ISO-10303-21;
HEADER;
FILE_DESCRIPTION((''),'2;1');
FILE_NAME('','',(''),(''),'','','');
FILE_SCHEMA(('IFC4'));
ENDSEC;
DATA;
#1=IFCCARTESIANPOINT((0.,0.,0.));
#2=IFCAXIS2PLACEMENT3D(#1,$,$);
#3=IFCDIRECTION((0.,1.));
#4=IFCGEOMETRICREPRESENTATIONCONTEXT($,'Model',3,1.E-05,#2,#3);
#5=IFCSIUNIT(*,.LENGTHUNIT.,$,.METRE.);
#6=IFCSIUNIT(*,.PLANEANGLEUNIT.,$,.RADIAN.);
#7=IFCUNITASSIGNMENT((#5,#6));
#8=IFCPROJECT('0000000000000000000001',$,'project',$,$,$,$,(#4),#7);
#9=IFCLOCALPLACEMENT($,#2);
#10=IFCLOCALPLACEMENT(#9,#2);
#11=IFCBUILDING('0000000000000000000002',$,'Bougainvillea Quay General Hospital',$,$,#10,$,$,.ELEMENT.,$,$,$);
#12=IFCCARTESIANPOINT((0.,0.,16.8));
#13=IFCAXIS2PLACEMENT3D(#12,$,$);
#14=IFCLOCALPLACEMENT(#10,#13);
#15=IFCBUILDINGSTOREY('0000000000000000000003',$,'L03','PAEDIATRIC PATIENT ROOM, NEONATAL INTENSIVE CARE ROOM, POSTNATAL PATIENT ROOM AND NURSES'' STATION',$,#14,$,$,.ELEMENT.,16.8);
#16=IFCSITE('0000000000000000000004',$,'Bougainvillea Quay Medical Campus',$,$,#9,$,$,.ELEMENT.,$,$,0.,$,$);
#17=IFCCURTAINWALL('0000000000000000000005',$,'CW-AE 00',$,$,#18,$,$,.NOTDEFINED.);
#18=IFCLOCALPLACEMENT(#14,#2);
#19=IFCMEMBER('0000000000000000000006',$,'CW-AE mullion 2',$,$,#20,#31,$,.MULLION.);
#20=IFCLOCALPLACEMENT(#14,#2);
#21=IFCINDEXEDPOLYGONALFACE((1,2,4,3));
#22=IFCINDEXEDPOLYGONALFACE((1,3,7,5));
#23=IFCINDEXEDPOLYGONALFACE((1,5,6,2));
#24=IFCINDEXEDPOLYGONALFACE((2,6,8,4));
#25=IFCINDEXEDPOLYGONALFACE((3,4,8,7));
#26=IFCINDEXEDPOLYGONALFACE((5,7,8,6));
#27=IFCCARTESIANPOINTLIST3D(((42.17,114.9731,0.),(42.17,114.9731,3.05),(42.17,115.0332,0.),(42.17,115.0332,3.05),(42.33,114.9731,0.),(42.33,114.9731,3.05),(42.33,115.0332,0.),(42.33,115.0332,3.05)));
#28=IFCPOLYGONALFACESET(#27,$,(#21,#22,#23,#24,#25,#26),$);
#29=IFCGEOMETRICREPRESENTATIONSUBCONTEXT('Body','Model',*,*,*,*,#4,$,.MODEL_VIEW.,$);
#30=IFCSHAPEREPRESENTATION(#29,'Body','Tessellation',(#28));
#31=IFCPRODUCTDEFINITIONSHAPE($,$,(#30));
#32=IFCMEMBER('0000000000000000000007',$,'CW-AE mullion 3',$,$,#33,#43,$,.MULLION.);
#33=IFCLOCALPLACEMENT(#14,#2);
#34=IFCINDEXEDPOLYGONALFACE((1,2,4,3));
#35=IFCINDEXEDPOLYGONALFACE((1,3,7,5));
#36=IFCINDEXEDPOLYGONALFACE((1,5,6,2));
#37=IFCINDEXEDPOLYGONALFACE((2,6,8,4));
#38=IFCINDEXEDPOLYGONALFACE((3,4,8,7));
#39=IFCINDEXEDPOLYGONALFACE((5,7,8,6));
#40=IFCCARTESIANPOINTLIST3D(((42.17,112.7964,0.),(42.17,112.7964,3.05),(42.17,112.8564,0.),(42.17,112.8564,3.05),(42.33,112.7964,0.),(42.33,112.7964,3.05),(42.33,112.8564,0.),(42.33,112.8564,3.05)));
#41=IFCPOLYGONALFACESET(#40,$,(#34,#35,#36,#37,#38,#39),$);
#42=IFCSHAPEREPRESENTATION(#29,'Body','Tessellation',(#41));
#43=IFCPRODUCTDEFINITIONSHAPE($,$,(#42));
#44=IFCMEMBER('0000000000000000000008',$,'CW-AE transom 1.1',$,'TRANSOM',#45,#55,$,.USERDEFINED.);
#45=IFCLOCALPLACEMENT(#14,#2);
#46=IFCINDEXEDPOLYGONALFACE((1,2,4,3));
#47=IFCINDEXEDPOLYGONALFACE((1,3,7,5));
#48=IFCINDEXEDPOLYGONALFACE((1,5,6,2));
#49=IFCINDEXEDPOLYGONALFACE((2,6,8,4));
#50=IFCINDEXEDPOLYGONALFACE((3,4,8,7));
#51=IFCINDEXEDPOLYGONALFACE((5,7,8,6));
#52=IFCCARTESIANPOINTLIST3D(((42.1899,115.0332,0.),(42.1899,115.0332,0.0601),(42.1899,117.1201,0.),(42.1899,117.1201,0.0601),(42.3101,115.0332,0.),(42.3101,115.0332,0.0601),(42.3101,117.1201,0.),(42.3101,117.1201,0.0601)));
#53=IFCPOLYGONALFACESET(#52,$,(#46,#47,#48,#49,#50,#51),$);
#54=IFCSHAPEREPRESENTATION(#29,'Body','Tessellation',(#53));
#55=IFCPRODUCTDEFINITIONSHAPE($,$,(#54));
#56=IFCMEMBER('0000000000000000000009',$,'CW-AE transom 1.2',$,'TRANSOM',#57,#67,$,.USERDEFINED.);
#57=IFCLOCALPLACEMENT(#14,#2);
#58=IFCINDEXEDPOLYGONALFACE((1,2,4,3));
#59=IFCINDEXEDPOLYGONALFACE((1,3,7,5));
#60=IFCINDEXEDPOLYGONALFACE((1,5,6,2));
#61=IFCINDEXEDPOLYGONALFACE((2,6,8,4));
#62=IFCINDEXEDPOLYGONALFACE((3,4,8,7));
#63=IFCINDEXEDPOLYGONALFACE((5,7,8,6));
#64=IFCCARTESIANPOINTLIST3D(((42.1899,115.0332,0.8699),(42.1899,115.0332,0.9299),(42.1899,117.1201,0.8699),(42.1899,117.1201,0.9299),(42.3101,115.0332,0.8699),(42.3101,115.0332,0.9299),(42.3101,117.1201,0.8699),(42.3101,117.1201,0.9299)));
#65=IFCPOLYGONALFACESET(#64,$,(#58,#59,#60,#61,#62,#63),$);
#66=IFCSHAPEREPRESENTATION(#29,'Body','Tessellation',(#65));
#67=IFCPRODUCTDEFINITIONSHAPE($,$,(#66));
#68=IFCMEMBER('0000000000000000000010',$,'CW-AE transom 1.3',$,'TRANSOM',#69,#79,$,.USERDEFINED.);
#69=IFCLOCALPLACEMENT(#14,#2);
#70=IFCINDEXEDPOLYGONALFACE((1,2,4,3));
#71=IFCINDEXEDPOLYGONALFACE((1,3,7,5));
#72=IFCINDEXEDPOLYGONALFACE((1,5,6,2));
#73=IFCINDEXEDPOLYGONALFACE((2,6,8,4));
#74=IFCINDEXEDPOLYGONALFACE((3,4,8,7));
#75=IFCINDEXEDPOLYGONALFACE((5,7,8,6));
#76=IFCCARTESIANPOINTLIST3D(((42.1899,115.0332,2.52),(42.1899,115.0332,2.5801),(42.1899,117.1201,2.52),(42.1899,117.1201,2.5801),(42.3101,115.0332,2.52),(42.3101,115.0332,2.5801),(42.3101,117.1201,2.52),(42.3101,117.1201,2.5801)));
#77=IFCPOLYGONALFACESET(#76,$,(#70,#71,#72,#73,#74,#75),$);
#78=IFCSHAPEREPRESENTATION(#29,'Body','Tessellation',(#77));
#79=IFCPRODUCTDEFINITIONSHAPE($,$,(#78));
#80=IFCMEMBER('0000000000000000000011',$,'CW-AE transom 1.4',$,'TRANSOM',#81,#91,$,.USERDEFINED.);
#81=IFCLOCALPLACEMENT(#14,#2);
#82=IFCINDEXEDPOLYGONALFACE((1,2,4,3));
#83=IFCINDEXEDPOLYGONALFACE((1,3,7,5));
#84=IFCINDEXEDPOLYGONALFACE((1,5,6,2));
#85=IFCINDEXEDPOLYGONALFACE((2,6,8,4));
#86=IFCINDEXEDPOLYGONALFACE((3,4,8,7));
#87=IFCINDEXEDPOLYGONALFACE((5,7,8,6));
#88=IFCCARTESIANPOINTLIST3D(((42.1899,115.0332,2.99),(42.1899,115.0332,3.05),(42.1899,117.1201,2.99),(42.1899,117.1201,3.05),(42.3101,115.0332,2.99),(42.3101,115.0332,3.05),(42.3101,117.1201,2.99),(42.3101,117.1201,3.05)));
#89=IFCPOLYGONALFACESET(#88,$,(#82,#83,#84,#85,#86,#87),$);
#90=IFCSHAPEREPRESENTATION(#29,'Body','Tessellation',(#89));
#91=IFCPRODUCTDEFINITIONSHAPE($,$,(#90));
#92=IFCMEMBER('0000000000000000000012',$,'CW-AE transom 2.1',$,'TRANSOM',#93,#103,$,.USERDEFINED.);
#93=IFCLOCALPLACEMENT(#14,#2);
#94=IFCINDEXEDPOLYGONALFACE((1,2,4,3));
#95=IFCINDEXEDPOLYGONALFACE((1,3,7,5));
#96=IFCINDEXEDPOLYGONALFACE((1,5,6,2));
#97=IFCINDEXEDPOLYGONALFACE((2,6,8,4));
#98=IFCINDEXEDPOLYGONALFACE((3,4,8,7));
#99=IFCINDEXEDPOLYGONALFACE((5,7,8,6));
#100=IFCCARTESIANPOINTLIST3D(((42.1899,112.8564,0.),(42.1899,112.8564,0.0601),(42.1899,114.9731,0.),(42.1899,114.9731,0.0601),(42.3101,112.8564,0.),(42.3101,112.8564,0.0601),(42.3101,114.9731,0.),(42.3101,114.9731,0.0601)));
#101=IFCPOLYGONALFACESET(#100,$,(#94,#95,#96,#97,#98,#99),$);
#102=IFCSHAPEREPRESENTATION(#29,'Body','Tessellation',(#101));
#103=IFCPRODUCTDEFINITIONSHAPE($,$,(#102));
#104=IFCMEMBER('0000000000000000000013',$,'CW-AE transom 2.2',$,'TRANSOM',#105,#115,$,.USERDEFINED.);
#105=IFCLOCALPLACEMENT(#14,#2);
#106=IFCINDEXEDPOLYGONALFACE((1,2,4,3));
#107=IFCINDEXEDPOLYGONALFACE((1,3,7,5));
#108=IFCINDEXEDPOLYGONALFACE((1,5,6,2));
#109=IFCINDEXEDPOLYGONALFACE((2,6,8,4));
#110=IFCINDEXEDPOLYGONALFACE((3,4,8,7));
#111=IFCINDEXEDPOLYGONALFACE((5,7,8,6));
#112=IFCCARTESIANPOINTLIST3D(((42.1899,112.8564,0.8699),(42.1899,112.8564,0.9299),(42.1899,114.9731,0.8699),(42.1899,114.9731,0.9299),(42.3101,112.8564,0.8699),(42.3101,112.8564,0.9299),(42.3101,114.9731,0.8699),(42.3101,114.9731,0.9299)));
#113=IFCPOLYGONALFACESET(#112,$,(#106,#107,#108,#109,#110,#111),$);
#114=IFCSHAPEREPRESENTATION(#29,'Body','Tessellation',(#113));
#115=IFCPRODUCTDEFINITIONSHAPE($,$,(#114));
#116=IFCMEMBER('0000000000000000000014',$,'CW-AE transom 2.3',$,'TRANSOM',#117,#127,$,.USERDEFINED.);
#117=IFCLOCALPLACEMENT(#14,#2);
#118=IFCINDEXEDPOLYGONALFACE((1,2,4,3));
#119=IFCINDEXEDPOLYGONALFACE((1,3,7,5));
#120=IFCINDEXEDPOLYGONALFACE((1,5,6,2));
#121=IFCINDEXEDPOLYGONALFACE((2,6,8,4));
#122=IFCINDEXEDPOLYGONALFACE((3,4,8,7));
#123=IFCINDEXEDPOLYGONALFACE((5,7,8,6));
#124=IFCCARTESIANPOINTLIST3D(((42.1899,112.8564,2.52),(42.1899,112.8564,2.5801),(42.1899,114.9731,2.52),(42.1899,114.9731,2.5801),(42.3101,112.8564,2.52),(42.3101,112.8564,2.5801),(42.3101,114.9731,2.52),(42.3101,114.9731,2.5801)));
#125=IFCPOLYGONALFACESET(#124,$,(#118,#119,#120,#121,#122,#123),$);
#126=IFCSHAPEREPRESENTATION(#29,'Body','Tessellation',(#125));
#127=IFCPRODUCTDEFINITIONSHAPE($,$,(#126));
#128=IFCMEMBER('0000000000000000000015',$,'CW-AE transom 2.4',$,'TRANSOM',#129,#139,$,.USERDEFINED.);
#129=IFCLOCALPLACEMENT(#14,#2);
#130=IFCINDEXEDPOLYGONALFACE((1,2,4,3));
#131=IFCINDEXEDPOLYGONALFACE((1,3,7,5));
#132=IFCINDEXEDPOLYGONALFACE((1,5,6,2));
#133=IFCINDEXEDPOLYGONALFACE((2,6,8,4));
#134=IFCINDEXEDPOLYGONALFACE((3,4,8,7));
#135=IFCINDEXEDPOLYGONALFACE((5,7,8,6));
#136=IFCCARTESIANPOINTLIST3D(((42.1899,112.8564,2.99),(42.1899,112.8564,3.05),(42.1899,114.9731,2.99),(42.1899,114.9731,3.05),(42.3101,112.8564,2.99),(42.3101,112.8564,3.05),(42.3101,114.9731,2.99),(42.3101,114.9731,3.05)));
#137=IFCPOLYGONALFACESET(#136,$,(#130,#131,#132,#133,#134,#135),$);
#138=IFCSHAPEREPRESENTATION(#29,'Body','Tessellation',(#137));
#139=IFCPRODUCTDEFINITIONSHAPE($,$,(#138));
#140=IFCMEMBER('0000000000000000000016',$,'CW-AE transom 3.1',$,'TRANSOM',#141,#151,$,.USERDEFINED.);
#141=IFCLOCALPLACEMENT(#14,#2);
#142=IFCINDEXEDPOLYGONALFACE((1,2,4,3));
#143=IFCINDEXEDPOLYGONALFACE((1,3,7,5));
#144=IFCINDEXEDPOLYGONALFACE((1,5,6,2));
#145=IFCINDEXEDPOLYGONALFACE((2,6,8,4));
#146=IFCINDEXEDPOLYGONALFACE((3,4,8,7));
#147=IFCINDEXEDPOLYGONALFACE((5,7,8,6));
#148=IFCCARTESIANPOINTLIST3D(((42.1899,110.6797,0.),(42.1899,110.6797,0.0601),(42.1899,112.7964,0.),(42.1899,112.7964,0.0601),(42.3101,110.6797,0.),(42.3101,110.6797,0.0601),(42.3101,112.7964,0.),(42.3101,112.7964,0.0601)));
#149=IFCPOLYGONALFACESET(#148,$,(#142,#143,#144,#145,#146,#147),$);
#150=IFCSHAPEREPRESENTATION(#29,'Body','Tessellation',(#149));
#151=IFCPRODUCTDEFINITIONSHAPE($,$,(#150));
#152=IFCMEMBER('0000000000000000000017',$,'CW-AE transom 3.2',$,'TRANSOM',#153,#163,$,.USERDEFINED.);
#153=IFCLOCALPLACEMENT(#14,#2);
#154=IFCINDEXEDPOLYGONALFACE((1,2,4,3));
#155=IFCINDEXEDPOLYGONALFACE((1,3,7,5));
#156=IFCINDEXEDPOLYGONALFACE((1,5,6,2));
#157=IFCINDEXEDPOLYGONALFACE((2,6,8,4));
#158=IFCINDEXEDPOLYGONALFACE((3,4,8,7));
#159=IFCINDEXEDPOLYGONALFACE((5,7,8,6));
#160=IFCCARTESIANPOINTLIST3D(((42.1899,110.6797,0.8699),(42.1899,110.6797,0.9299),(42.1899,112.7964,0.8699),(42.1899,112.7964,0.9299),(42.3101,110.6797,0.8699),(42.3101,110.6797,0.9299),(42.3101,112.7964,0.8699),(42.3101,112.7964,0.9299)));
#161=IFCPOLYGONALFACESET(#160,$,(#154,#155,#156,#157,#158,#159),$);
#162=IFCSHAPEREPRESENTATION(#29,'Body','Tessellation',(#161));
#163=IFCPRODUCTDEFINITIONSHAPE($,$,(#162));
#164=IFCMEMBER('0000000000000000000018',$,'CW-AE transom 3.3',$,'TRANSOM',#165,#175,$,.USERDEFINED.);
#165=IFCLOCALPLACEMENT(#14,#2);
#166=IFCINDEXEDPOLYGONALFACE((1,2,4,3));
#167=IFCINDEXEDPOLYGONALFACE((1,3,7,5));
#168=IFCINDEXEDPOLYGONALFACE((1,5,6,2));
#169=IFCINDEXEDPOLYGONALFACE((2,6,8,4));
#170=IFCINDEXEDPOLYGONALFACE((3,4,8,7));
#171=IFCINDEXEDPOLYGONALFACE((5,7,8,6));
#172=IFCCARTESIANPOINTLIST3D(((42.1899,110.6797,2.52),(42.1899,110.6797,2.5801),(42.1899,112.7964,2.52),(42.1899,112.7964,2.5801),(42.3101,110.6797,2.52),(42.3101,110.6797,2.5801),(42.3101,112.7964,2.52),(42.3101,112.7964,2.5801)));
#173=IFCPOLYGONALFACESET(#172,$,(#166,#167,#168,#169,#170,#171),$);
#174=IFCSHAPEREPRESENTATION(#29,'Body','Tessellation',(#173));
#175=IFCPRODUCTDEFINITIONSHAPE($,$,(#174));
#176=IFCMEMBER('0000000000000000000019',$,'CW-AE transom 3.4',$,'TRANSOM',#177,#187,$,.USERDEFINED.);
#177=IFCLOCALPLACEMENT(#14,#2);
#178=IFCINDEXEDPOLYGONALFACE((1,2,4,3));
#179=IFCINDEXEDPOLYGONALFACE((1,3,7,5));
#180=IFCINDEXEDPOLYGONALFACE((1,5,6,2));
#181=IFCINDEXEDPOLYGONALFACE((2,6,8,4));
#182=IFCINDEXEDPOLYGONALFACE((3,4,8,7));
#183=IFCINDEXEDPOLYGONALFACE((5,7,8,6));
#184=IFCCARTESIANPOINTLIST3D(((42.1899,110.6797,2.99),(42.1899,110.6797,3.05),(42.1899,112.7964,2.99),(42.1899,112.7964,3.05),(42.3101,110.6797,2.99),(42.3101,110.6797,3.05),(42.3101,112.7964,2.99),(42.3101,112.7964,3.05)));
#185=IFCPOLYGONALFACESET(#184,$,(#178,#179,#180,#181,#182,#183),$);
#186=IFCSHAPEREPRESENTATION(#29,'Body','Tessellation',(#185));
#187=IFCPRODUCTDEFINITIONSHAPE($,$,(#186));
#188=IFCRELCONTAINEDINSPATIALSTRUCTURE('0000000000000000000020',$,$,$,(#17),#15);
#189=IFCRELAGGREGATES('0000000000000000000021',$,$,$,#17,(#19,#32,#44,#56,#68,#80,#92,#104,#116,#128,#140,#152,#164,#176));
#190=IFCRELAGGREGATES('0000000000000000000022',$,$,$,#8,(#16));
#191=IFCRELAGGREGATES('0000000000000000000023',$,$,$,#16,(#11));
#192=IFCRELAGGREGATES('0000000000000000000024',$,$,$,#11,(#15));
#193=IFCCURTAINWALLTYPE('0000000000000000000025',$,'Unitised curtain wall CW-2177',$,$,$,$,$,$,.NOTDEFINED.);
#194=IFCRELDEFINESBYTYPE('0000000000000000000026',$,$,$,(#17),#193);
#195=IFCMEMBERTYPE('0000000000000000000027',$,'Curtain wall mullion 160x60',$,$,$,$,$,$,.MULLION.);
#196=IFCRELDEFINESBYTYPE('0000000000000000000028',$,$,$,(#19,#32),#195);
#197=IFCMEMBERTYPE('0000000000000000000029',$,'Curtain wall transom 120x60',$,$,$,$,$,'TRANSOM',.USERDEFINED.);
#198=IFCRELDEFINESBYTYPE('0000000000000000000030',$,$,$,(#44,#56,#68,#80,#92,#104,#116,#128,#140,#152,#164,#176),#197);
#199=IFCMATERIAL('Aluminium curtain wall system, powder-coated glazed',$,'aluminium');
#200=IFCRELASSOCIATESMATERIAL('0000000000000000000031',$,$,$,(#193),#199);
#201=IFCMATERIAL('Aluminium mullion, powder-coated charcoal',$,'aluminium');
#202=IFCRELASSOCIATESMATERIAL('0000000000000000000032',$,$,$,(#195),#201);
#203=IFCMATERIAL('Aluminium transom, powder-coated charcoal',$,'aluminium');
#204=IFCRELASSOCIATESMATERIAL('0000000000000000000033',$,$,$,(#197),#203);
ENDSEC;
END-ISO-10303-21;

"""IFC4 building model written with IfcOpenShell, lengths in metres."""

from ifc_helpers import new_model, si_unit, direction, frame, origin, origin_2d, place, context, subcontext, project, spatial, rectangle, extrude, material, material_profile, profile_set, type_object, element, aggregate, save


model = new_model("IFC4")

# Units and contexts
model_context = context("Model", 3, precision=1e-05, world=origin(), true_north=direction((0.0, 1.0)))
body_context = subcontext(model_context, "Body", "Model", "MODEL_VIEW")
ifc_project = project(units=[si_unit("LENGTHUNIT", "METRE"), si_unit("PLANEANGLEUNIT", "RADIAN")], contexts=[model_context])

# Site, building, storey
site_placement = place(None, origin())
site = spatial("IfcSite", under=ifc_project, at=site_placement, Name="Bougainvillea Quay Medical Campus", CompositionType="ELEMENT", RefElevation=0.0)
building_placement = place(site_placement, origin())
building = spatial("IfcBuilding", under=site, at=building_placement, Name="Bougainvillea Quay General Hospital", CompositionType="ELEMENT")
storey_placement = place(building_placement, frame((0.0, 0.0, 16.8)))
storey = spatial("IfcBuildingStorey", under=building, at=storey_placement, Name="L03", Description="PAEDIATRIC PATIENT ROOM, NEONATAL INTENSIVE CARE ROOM, POSTNATAL PATIENT ROOM AND NURSES' STATION", CompositionType="ELEMENT", Elevation=16.8)

# Curtain wall, members
ifc_material_1 = material(Name="Aluminium curtain wall system, powder-coated glazed", Category="aluminium")
curtain_wall_type = type_object("IfcCurtainWallType", Name="Unitised curtain wall CW-2177", PredefinedType="NOTDEFINED", material=ifc_material_1)
curtain_wall_placement = place(storey_placement, origin())
curtain_wall = element("IfcCurtainWall", 1, at=curtain_wall_placement, inside=storey, type_object=curtain_wall_type, Name="CW-AE 00", PredefinedType="NOTDEFINED")
ifc_material_2 = material(Name="Aluminium mullion, powder-coated charcoal", Category="aluminium")
ifc_material_profile_1 = material_profile(ifc_material_2, rectangle(XDim=0.1599, YDim=0.0601, at=origin_2d()))
ifc_profile_set_1 = profile_set([ifc_material_profile_1], Name="Aluminium mullion, powder-coated charcoal")
member_type_1 = type_object("IfcMemberType", Name="Curtain wall mullion 160x60", PredefinedType="MULLION", material=ifc_profile_set_1)
member_1_placement = place(storey_placement, frame((42.25, 115.0032, 0.0), z_axis=(0.0, 0.0, 1.0), x_axis=(1.0, 0.0, 0.0)))
member_1 = element("IfcMember", 2, at=member_1_placement, type_object=member_type_1, Name="CW-AE mullion 2", PredefinedType="MULLION", context=body_context, shape_type="SweptSolid", body=[
    extrude(rectangle(XDim=0.1599, YDim=0.0601, at=origin_2d()), origin(), (0.0, 0.0, 1.0), 3.05),
])
member_2_placement = place(storey_placement, frame((42.25, 112.8264, 0.0), z_axis=(0.0, 0.0, 1.0), x_axis=(1.0, 0.0, 0.0)))
member_2 = element("IfcMember", 3, at=member_2_placement, type_object=member_type_1, Name="CW-AE mullion 3", PredefinedType="MULLION", context=body_context, shape_type="SweptSolid", body=[
    extrude(rectangle(XDim=0.1599, YDim=0.0601, at=origin_2d()), origin(), (0.0, 0.0, 1.0), 3.05),
])
ifc_material_3 = material(Name="Aluminium transom, powder-coated charcoal", Category="aluminium")
ifc_material_profile_2 = material_profile(ifc_material_3, rectangle(XDim=0.1201, YDim=0.0601, at=origin_2d()))
ifc_profile_set_2 = profile_set([ifc_material_profile_2], Name="Aluminium transom, powder-coated charcoal")
member_type_2 = type_object("IfcMemberType", Name="Curtain wall transom 120x60", ElementType="TRANSOM", PredefinedType="USERDEFINED", material=ifc_profile_set_2)
member_3_placement = place(storey_placement, frame((42.25, 117.1201, 0.03), z_axis=(0.0, -1.0, 0.0), x_axis=(1.0, 0.0, 0.0)))
member_3 = element("IfcMember", 4, at=member_3_placement, type_object=member_type_2, Name="CW-AE transom 1.1", ObjectType="TRANSOM", PredefinedType="USERDEFINED", context=body_context, shape_type="SweptSolid", body=[
    extrude(rectangle(XDim=0.1201, YDim=0.0601, at=origin_2d()), origin(), (0.0, 0.0, 1.0), 2.0869),
])
member_4_placement = place(storey_placement, frame((42.25, 117.1201, 0.8999), z_axis=(0.0, -1.0, 0.0), x_axis=(1.0, 0.0, 0.0)))
member_4 = element("IfcMember", 5, at=member_4_placement, type_object=member_type_2, Name="CW-AE transom 1.2", ObjectType="TRANSOM", PredefinedType="USERDEFINED", context=body_context, shape_type="SweptSolid", body=[
    extrude(rectangle(XDim=0.1201, YDim=0.0601, at=origin_2d()), origin(), (0.0, 0.0, 1.0), 2.0869),
])
member_5_placement = place(storey_placement, frame((42.25, 117.1201, 2.55), z_axis=(0.0, -1.0, 0.0), x_axis=(1.0, 0.0, 0.0)))
member_5 = element("IfcMember", 6, at=member_5_placement, type_object=member_type_2, Name="CW-AE transom 1.3", ObjectType="TRANSOM", PredefinedType="USERDEFINED", context=body_context, shape_type="SweptSolid", body=[
    extrude(rectangle(XDim=0.1201, YDim=0.0601, at=origin_2d()), origin(), (0.0, 0.0, 1.0), 2.0869),
])
member_6_placement = place(storey_placement, frame((42.25, 117.1201, 3.02), z_axis=(0.0, -1.0, 0.0), x_axis=(1.0, 0.0, 0.0)))
member_6 = element("IfcMember", 7, at=member_6_placement, type_object=member_type_2, Name="CW-AE transom 1.4", ObjectType="TRANSOM", PredefinedType="USERDEFINED", context=body_context, shape_type="SweptSolid", body=[
    extrude(rectangle(XDim=0.1201, YDim=0.0601, at=origin_2d()), origin(), (0.0, 0.0, 1.0), 2.0869),
])
member_7_placement = place(storey_placement, frame((42.25, 114.9731, 0.03), z_axis=(0.0, -1.0, 0.0), x_axis=(1.0, 0.0, 0.0)))
member_7 = element("IfcMember", 8, at=member_7_placement, type_object=member_type_2, Name="CW-AE transom 2.1", ObjectType="TRANSOM", PredefinedType="USERDEFINED", context=body_context, shape_type="SweptSolid", body=[
    extrude(rectangle(XDim=0.1201, YDim=0.0601, at=origin_2d()), origin(), (0.0, 0.0, 1.0), 2.1167),
])
member_8_placement = place(storey_placement, frame((42.25, 114.9731, 0.8999), z_axis=(0.0, -1.0, 0.0), x_axis=(1.0, 0.0, 0.0)))
member_8 = element("IfcMember", 9, at=member_8_placement, type_object=member_type_2, Name="CW-AE transom 2.2", ObjectType="TRANSOM", PredefinedType="USERDEFINED", context=body_context, shape_type="SweptSolid", body=[
    extrude(rectangle(XDim=0.1201, YDim=0.0601, at=origin_2d()), origin(), (0.0, 0.0, 1.0), 2.1167),
])
member_9_placement = place(storey_placement, frame((42.25, 114.9731, 2.55), z_axis=(0.0, -1.0, 0.0), x_axis=(1.0, 0.0, 0.0)))
member_9 = element("IfcMember", 10, at=member_9_placement, type_object=member_type_2, Name="CW-AE transom 2.3", ObjectType="TRANSOM", PredefinedType="USERDEFINED", context=body_context, shape_type="SweptSolid", body=[
    extrude(rectangle(XDim=0.1201, YDim=0.0601, at=origin_2d()), origin(), (0.0, 0.0, 1.0), 2.1167),
])
member_10_placement = place(storey_placement, frame((42.25, 114.9731, 3.02), z_axis=(0.0, -1.0, 0.0), x_axis=(1.0, 0.0, 0.0)))
member_10 = element("IfcMember", 11, at=member_10_placement, type_object=member_type_2, Name="CW-AE transom 2.4", ObjectType="TRANSOM", PredefinedType="USERDEFINED", context=body_context, shape_type="SweptSolid", body=[
    extrude(rectangle(XDim=0.1201, YDim=0.0601, at=origin_2d()), origin(), (0.0, 0.0, 1.0), 2.1167),
])
member_11_placement = place(storey_placement, frame((42.25, 112.7964, 0.03), z_axis=(0.0, -1.0, 0.0), x_axis=(1.0, 0.0, 0.0)))
member_11 = element("IfcMember", 12, at=member_11_placement, type_object=member_type_2, Name="CW-AE transom 3.1", ObjectType="TRANSOM", PredefinedType="USERDEFINED", context=body_context, shape_type="SweptSolid", body=[
    extrude(rectangle(XDim=0.1201, YDim=0.0601, at=origin_2d()), origin(), (0.0, 0.0, 1.0), 2.1167),
])
member_12_placement = place(storey_placement, frame((42.25, 112.7964, 0.8999), z_axis=(0.0, -1.0, 0.0), x_axis=(1.0, 0.0, 0.0)))
member_12 = element("IfcMember", 13, at=member_12_placement, type_object=member_type_2, Name="CW-AE transom 3.2", ObjectType="TRANSOM", PredefinedType="USERDEFINED", context=body_context, shape_type="SweptSolid", body=[
    extrude(rectangle(XDim=0.1201, YDim=0.0601, at=origin_2d()), origin(), (0.0, 0.0, 1.0), 2.1167),
])
member_13_placement = place(storey_placement, frame((42.25, 112.7964, 2.55), z_axis=(0.0, -1.0, 0.0), x_axis=(1.0, 0.0, 0.0)))
member_13 = element("IfcMember", 14, at=member_13_placement, type_object=member_type_2, Name="CW-AE transom 3.3", ObjectType="TRANSOM", PredefinedType="USERDEFINED", context=body_context, shape_type="SweptSolid", body=[
    extrude(rectangle(XDim=0.1201, YDim=0.0601, at=origin_2d()), origin(), (0.0, 0.0, 1.0), 2.1167),
])
member_14_placement = place(storey_placement, frame((42.25, 112.7964, 3.02), z_axis=(0.0, -1.0, 0.0), x_axis=(1.0, 0.0, 0.0)))
member_14 = element("IfcMember", 15, at=member_14_placement, type_object=member_type_2, Name="CW-AE transom 3.4", ObjectType="TRANSOM", PredefinedType="USERDEFINED", context=body_context, shape_type="SweptSolid", body=[
    extrude(rectangle(XDim=0.1201, YDim=0.0601, at=origin_2d()), origin(), (0.0, 0.0, 1.0), 2.1167),
])
aggregate(curtain_wall, [member_1, member_2, member_3, member_4, member_5, member_6, member_7, member_8, member_9, member_10, member_11, member_12, member_13, member_14])

save(model, "model.ifc")
